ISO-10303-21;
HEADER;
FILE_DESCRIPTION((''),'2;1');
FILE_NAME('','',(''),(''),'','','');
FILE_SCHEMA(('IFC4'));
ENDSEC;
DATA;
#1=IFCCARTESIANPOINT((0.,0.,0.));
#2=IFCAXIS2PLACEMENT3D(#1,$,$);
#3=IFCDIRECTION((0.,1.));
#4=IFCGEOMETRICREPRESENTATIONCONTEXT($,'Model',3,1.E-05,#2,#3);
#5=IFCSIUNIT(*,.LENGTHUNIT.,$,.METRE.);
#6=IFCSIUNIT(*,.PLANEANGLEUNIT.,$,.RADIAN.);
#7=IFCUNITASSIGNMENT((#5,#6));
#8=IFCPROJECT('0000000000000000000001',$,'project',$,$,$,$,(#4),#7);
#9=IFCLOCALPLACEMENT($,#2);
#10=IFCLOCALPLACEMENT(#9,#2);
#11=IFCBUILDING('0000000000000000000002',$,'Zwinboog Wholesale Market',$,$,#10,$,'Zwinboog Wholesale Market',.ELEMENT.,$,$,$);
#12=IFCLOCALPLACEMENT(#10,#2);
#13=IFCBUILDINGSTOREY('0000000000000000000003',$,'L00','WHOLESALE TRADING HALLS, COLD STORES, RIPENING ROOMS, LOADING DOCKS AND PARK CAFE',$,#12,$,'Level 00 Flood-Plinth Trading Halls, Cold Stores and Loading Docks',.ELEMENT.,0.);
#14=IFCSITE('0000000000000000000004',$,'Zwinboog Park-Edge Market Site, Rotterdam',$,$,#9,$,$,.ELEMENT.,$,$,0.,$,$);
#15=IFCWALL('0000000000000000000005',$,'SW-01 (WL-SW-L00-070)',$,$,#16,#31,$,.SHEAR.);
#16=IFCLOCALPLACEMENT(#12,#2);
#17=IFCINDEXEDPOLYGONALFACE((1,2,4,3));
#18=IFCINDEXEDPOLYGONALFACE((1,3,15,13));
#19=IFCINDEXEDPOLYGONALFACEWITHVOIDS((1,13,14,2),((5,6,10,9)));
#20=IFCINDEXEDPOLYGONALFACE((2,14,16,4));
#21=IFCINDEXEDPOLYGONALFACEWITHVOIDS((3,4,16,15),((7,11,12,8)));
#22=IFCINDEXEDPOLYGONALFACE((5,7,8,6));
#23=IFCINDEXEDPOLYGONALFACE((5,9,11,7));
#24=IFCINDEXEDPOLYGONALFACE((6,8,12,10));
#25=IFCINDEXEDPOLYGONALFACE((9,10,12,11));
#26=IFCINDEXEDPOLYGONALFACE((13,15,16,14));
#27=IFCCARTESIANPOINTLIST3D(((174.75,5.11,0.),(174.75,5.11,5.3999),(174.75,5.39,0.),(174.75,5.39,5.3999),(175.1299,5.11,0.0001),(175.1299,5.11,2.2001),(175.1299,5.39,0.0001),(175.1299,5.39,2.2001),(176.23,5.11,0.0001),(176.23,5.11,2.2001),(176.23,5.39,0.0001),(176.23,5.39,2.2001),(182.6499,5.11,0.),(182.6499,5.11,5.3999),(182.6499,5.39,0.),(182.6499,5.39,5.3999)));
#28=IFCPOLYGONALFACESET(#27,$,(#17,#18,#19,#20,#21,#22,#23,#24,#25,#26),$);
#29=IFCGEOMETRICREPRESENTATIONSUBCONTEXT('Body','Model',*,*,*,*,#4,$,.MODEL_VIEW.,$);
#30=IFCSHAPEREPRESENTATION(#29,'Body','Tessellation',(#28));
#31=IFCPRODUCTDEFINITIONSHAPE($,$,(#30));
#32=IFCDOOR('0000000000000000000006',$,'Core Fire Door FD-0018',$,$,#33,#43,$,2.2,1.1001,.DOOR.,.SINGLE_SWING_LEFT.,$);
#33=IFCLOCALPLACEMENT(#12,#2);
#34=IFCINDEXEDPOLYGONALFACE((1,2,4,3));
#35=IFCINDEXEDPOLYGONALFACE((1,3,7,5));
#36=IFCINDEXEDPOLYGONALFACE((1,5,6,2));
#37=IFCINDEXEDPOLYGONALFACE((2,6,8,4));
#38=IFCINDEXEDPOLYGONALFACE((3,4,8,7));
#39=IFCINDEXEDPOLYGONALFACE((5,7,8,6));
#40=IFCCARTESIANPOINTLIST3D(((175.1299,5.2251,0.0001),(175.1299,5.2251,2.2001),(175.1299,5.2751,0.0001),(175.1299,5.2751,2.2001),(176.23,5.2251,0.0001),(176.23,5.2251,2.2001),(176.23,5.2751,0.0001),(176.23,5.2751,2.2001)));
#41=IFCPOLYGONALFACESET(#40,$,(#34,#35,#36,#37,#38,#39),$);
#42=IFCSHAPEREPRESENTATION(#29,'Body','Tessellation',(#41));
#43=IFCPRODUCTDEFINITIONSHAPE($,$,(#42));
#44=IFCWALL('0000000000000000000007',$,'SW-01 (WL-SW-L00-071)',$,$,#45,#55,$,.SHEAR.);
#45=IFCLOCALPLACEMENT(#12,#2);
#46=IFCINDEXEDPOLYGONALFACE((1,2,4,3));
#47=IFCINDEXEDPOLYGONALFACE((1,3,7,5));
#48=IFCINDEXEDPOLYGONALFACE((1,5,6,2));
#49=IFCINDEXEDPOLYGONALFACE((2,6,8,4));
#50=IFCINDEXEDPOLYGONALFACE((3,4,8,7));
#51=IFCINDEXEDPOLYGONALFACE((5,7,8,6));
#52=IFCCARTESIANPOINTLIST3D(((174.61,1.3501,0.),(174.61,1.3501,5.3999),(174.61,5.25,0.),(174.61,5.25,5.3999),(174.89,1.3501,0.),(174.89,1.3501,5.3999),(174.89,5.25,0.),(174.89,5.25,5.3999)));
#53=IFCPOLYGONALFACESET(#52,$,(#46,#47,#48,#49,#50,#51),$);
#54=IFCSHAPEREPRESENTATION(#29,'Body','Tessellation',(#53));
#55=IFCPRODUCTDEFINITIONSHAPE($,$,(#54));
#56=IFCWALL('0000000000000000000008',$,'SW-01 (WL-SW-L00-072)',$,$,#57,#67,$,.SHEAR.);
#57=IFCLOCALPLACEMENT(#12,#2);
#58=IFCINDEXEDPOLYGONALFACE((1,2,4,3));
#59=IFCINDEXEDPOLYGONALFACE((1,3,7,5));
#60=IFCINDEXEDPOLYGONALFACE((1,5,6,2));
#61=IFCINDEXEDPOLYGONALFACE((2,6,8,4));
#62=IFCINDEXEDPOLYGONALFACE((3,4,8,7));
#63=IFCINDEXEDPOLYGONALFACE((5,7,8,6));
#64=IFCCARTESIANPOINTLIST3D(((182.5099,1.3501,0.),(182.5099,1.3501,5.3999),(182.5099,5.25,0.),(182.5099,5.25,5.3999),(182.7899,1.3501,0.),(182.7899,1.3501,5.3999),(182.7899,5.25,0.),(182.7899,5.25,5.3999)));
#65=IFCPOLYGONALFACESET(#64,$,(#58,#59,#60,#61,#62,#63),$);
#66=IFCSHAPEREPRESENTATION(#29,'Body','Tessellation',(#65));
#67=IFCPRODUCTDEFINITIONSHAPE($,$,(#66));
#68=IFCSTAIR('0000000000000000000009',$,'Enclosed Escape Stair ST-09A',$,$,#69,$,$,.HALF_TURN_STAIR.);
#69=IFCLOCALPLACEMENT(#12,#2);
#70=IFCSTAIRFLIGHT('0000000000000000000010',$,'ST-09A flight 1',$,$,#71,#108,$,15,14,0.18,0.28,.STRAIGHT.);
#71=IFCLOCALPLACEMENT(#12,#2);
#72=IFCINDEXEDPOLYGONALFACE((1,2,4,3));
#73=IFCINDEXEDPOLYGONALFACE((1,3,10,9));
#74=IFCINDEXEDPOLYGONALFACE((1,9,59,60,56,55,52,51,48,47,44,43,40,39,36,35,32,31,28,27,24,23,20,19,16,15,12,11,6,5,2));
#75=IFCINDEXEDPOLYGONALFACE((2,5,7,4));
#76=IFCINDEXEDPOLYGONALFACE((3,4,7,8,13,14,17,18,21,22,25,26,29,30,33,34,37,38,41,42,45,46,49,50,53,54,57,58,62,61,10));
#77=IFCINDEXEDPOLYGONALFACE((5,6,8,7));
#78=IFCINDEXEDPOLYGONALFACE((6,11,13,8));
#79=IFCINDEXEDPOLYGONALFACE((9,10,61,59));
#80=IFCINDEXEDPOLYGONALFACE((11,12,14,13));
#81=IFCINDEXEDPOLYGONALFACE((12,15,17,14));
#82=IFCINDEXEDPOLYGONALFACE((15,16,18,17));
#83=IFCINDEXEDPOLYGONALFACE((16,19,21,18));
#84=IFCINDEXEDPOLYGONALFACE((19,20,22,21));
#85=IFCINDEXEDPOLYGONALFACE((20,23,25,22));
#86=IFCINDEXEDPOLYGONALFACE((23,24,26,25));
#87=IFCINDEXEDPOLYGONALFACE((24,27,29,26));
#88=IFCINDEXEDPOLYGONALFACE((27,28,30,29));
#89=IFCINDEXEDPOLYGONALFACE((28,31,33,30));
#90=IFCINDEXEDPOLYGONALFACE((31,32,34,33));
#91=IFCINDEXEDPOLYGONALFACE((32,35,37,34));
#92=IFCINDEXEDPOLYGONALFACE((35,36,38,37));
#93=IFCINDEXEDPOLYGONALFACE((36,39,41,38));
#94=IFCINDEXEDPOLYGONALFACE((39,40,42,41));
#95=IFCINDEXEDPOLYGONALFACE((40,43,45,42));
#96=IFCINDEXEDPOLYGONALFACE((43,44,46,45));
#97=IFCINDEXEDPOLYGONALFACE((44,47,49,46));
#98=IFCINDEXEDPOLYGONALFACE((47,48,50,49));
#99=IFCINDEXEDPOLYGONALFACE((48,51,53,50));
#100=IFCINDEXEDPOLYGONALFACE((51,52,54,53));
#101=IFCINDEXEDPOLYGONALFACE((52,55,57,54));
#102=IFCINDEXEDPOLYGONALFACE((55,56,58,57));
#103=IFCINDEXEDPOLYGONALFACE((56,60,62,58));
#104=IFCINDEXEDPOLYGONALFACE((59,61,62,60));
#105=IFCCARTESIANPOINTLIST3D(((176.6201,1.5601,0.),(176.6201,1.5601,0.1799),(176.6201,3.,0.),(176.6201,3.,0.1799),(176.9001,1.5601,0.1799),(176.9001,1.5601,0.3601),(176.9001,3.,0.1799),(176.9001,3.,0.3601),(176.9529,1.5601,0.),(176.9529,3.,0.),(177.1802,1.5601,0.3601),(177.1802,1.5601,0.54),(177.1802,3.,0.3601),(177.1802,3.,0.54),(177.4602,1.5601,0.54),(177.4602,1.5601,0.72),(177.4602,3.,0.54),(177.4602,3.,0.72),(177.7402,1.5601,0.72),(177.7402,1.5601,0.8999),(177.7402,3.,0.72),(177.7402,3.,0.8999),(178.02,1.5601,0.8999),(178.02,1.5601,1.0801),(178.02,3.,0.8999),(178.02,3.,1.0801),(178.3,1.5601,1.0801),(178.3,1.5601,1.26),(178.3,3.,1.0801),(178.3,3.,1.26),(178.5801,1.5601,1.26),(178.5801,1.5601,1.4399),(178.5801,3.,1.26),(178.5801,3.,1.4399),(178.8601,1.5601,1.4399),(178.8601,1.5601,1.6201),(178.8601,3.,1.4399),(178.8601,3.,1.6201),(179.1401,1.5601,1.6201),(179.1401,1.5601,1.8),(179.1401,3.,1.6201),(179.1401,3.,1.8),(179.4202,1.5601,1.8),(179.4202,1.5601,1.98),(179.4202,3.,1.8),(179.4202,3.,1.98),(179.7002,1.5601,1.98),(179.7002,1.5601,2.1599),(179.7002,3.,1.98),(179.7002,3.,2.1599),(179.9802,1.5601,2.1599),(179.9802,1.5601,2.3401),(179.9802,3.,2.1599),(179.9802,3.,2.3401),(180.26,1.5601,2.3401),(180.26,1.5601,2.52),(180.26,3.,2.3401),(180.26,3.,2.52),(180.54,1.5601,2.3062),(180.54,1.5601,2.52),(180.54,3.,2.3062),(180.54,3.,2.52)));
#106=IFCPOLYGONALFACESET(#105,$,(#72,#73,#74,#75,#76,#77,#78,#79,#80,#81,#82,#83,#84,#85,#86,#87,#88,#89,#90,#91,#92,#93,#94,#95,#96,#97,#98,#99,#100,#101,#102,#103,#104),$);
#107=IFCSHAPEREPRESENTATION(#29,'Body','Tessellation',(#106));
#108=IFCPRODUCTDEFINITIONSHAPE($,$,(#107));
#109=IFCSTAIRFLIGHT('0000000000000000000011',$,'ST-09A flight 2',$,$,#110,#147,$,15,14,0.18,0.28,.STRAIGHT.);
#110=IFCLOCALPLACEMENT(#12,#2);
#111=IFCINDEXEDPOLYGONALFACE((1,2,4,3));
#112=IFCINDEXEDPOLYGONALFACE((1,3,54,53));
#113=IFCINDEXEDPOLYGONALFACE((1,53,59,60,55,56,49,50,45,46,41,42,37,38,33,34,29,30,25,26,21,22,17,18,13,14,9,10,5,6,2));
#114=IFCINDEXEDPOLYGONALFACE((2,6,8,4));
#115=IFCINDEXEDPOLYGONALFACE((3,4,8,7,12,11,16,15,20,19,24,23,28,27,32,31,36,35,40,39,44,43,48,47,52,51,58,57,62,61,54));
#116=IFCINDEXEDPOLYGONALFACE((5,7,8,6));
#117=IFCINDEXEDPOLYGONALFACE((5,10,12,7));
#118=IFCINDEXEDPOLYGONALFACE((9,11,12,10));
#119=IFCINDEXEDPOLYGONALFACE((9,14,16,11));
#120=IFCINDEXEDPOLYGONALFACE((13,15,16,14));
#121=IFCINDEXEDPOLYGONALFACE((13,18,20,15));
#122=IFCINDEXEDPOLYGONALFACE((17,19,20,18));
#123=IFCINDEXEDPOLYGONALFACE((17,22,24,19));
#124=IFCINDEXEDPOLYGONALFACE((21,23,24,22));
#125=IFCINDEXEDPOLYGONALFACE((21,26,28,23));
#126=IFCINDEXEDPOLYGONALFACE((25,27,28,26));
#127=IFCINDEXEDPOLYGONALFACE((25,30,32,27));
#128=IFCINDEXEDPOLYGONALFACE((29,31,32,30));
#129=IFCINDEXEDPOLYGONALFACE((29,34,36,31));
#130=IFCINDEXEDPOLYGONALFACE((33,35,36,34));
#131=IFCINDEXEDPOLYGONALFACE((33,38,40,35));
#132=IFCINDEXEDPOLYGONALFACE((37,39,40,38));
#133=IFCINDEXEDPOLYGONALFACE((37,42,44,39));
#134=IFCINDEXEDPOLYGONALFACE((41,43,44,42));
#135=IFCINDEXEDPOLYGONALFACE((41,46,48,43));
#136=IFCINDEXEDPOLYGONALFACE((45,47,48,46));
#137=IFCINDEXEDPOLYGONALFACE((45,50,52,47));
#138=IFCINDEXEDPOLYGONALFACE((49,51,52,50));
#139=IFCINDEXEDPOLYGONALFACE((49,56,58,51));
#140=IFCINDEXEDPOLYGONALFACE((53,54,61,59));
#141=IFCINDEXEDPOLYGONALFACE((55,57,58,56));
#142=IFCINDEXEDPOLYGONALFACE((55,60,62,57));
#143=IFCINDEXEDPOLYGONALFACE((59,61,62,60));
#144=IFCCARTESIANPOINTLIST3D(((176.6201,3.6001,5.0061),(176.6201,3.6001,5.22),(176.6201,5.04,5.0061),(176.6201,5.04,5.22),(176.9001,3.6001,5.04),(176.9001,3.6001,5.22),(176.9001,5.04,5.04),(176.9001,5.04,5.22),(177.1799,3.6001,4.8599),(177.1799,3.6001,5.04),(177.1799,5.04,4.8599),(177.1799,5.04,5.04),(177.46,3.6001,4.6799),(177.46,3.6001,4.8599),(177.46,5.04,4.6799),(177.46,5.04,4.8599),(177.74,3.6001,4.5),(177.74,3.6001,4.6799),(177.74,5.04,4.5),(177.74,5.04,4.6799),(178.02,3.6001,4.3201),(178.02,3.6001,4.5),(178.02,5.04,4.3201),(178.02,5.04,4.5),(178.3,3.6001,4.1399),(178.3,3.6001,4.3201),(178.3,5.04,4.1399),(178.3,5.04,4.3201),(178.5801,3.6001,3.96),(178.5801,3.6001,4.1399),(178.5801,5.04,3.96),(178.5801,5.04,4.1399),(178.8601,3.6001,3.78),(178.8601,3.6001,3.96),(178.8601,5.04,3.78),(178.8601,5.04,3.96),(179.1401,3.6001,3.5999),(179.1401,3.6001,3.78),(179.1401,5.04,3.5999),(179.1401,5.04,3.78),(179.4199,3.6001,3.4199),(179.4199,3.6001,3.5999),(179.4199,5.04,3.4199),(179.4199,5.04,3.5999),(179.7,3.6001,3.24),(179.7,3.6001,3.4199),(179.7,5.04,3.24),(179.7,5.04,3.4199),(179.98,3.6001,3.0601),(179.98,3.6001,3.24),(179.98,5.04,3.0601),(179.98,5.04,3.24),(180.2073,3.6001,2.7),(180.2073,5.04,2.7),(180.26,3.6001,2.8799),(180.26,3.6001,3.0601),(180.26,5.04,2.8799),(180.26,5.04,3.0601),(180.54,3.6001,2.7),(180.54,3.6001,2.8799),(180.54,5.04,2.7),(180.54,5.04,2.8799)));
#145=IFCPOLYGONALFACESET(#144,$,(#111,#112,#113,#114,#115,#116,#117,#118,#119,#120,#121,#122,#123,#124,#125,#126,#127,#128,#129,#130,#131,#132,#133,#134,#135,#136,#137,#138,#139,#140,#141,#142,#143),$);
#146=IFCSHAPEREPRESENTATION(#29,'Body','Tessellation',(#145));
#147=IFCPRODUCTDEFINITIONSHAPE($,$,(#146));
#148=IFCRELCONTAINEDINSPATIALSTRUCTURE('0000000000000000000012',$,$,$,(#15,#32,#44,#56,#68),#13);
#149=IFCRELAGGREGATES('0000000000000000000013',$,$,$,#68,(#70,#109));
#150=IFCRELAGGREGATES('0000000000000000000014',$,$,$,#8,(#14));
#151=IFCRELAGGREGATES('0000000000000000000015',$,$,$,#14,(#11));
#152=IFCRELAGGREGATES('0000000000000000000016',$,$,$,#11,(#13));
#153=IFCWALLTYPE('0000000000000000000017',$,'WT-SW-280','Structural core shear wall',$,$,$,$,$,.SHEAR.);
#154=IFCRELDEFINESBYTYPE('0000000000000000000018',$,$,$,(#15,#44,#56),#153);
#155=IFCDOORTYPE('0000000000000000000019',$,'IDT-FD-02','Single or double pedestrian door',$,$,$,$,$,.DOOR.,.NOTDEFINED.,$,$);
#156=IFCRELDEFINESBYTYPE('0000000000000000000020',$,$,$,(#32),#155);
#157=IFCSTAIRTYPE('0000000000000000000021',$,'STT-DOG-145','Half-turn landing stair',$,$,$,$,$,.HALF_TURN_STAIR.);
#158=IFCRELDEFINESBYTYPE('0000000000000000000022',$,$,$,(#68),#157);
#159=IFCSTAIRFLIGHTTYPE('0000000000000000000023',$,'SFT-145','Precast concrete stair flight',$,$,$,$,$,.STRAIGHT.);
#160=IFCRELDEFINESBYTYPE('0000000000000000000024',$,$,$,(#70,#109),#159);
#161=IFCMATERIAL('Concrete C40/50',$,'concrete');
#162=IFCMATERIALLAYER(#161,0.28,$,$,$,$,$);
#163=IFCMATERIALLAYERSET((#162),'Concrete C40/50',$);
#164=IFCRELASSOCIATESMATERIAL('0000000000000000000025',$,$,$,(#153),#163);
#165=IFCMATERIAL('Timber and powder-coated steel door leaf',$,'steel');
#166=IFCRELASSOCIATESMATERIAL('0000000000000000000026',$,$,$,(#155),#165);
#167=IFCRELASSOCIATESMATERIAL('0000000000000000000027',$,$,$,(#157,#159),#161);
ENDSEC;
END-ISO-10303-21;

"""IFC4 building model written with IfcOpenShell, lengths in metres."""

from ifc_helpers import new_model, si_unit, direction, frame, frame_2d, origin, place, context, subcontext, project, spatial, polyline, rectangle, outline, extrude, material, layer, layer_set, type_object, element, fill, aggregate, save


model = new_model("IFC4")

# Units and contexts
model_context = context("Model", 3, precision=1e-05, world=origin(), true_north=direction((0.0, 1.0)))
body_context = subcontext(model_context, "Body", "Model", "MODEL_VIEW")
ifc_project = project(units=[si_unit("LENGTHUNIT", "METRE"), si_unit("PLANEANGLEUNIT", "RADIAN")], contexts=[model_context])

# Site, building, storey
site_placement = place(None, origin())
site = spatial("IfcSite", under=ifc_project, at=site_placement, Name="Zwinboog Park-Edge Market Site, Rotterdam", CompositionType="ELEMENT", RefElevation=0.0)
building_placement = place(site_placement, origin())
building = spatial("IfcBuilding", under=site, at=building_placement, Name="Zwinboog Wholesale Market", LongName="Zwinboog Wholesale Market", CompositionType="ELEMENT")
storey_placement = place(building_placement, origin())
storey = spatial("IfcBuildingStorey", under=building, at=storey_placement, Name="L00", Description="WHOLESALE TRADING HALLS, COLD STORES, RIPENING ROOMS, LOADING DOCKS AND PARK CAFE", LongName="Level 00 Flood-Plinth Trading Halls, Cold Stores and Loading Docks", CompositionType="ELEMENT", Elevation=0.0)

# Shared definitions
ifc_material_1 = material(Name="Concrete C40/50", Category="concrete")

# Shared definitions
ifc_layer_1 = layer(ifc_material_1, 0.28)
ifc_layer_set_1 = layer_set([ifc_layer_1], Name="Concrete C40/50")
wall_type_1 = type_object("IfcWallType", Name="WT-SW-280", Description="Structural core shear wall", PredefinedType="SHEAR", material=ifc_layer_set_1)

# Wall, opening, door
wall_1_placement = place(storey_placement, frame((174.75, 5.25, 0.0), z_axis=(0.0, 0.0, 1.0), x_axis=(1.0, 0.0, 0.0)))
wall_1 = element("IfcWall", 1, at=wall_1_placement, inside=storey, type_object=wall_type_1, Name="SW-01 (WL-SW-L00-070)", PredefinedType="SHEAR", context=body_context, shape_type="SweptSolid", body=[
    extrude(rectangle(XDim=7.8999, YDim=0.28, at=frame_2d((3.95, 0.0))), origin(), (0.0, 0.0, 1.0), 5.3999),
])
opening_1_placement = place(wall_1_placement, frame((0.3799, 0.0, 0.0)))
opening_1 = element("IfcOpeningElement", 2, at=opening_1_placement, cuts=wall_1, PredefinedType="OPENING", context=body_context, shape_type="SweptSolid", body=[
    extrude(rectangle(XDim=1.1001, YDim=2.2, at=frame_2d((0.55, 1.1001))), frame((0.0, 0.1499, 0.0), z_axis=(0.0, -1.0, 0.0), x_axis=(1.0, 0.0, 0.0)), (0.0, 0.0, 1.0), 0.3),
])
ifc_material_2 = material(Name="Timber and powder-coated steel door leaf", Category="steel")
door_type = type_object("IfcDoorType", Name="IDT-FD-02", Description="Single or double pedestrian door", OperationType="NOTDEFINED", PredefinedType="DOOR", material=ifc_material_2)
door_placement = place(opening_1_placement, frame((1.1001, 0.0, 0.0), z_axis=(0.0, 0.0, 1.0), x_axis=(-1.0, 0.0, 0.0)))
door = element("IfcDoor", 3, at=door_placement, inside=storey, type_object=door_type, Name="Core Fire Door FD-0018", OperationType="SINGLE_SWING_LEFT", OverallHeight=2.2, OverallWidth=1.1001, PredefinedType="DOOR", context=body_context, shape_type="SweptSolid", body=[
    extrude(rectangle(XDim=1.1001, YDim=2.2, at=frame_2d((0.55, 1.1001))), frame((0.0, 0.0249, 0.0), z_axis=(0.0, -1.0, 0.0), x_axis=(1.0, 0.0, 0.0)), (0.0, 0.0, 1.0), 0.05),
])
fill(opening_1, door)

# Walls
for number, where, z_axis, x_axis, name in (
    (4, (174.75, 1.3501, 0.0), (0.0, 0.0, 1.0), (0.0, 1.0, 0.0), "SW-01 (WL-SW-L00-071)"),
    (5, (182.6499, 1.3501, 0.0), (0.0, 0.0, 1.0), (0.0, 1.0, 0.0), "SW-01 (WL-SW-L00-072)"),
):
    element("IfcWall", number, at=place(storey_placement, frame(where, z_axis=z_axis, x_axis=x_axis)), inside=storey, type_object=wall_type_1, Name=name, PredefinedType="SHEAR", context=body_context, shape_type="SweptSolid", body=[
        extrude(rectangle(XDim=3.8999, YDim=0.28, at=frame_2d((1.95, 0.0))), origin(), (0.0, 0.0, 1.0), 5.3999),
    ])

# Stair, stair flights
stair_type = type_object("IfcStairType", Name="STT-DOG-145", Description="Half-turn landing stair", PredefinedType="HALF_TURN_STAIR", material=ifc_material_1)
stair_placement = place(storey_placement, origin())
stair = element("IfcStair", 6, at=stair_placement, inside=storey, type_object=stair_type, Name="Enclosed Escape Stair ST-09A", PredefinedType="HALF_TURN_STAIR")
stair_flight_type = type_object("IfcStairFlightType", Name="SFT-145", Description="Precast concrete stair flight", PredefinedType="STRAIGHT", material=ifc_material_1)
stair_flight_1_placement = place(storey_placement, frame((176.6201, 2.28, 0.0), z_axis=(0.0, 0.0, 1.0), x_axis=(1.0, 0.0, 0.0)))
stair_flight_1 = element("IfcStairFlight", 7, at=stair_flight_1_placement, type_object=stair_flight_type, Name="ST-09A flight 1", NumberOfRisers=15, NumberOfTreads=14, PredefinedType="STRAIGHT", RiserHeight=0.18, TreadLength=0.28, context=body_context, shape_type="SweptSolid", body=[
    extrude(outline(polyline([(0.0, 0.0), (0.0, 0.1799), (0.28, 0.1799), (0.28, 0.3601), (0.5601, 0.3601), (0.5601, 0.54), (0.8401, 0.54), (0.8401, 0.72), (1.1201, 0.72), (1.1201, 0.8999), (1.3999, 0.8999), (1.3999, 1.0801), (1.6799, 1.0801), (1.6799, 1.26), (1.96, 1.26), (1.96, 1.4399), (2.24, 1.4399), (2.24, 1.6201), (2.52, 1.6201), (2.52, 1.8), (2.8, 1.8), (2.8, 1.98), (3.0801, 1.98), (3.0801, 2.1599), (3.3601, 2.1599), (3.3601, 2.3401), (3.6399, 2.3401), (3.6399, 2.52), (3.9199, 2.52), (3.9199, 2.7), (3.9199, 2.3062), (0.3328, 0.0), (0.0, 0.0)])), frame((0.0, 0.72, 0.0), z_axis=(0.0, -1.0, 0.0), x_axis=(1.0, 0.0, 0.0)), (0.0, 0.0, 1.0), 1.4399),
])
stair_flight_2_placement = place(storey_placement, frame((180.54, 4.3201, 2.7), z_axis=(0.0, 0.0, 1.0), x_axis=(-1.0, 0.0, 0.0)))
stair_flight_2 = element("IfcStairFlight", 8, at=stair_flight_2_placement, type_object=stair_flight_type, Name="ST-09A flight 2", NumberOfRisers=15, NumberOfTreads=14, PredefinedType="STRAIGHT", RiserHeight=0.18, TreadLength=0.28, context=body_context, shape_type="SweptSolid", body=[
    extrude(outline(polyline([(0.0, 0.0), (0.0, 0.1799), (0.28, 0.1799), (0.28, 0.3601), (0.5601, 0.3601), (0.5601, 0.54), (0.8401, 0.54), (0.8401, 0.72), (1.1201, 0.72), (1.1201, 0.8999), (1.3999, 0.8999), (1.3999, 1.0801), (1.6799, 1.0801), (1.6799, 1.26), (1.96, 1.26), (1.96, 1.4399), (2.24, 1.4399), (2.24, 1.6201), (2.52, 1.6201), (2.52, 1.8), (2.8, 1.8), (2.8, 1.98), (3.0801, 1.98), (3.0801, 2.1599), (3.3601, 2.1599), (3.3601, 2.3401), (3.6399, 2.3401), (3.6399, 2.52), (3.9199, 2.52), (3.9199, 2.7), (3.9199, 2.3062), (0.3328, 0.0), (0.0, 0.0)])), frame((0.0, 0.72, 0.0), z_axis=(0.0, -1.0, 0.0), x_axis=(1.0, 0.0, 0.0)), (0.0, 0.0, 1.0), 1.4399),
])
aggregate(stair, [stair_flight_1, stair_flight_2])

save(model, "model.ifc")
